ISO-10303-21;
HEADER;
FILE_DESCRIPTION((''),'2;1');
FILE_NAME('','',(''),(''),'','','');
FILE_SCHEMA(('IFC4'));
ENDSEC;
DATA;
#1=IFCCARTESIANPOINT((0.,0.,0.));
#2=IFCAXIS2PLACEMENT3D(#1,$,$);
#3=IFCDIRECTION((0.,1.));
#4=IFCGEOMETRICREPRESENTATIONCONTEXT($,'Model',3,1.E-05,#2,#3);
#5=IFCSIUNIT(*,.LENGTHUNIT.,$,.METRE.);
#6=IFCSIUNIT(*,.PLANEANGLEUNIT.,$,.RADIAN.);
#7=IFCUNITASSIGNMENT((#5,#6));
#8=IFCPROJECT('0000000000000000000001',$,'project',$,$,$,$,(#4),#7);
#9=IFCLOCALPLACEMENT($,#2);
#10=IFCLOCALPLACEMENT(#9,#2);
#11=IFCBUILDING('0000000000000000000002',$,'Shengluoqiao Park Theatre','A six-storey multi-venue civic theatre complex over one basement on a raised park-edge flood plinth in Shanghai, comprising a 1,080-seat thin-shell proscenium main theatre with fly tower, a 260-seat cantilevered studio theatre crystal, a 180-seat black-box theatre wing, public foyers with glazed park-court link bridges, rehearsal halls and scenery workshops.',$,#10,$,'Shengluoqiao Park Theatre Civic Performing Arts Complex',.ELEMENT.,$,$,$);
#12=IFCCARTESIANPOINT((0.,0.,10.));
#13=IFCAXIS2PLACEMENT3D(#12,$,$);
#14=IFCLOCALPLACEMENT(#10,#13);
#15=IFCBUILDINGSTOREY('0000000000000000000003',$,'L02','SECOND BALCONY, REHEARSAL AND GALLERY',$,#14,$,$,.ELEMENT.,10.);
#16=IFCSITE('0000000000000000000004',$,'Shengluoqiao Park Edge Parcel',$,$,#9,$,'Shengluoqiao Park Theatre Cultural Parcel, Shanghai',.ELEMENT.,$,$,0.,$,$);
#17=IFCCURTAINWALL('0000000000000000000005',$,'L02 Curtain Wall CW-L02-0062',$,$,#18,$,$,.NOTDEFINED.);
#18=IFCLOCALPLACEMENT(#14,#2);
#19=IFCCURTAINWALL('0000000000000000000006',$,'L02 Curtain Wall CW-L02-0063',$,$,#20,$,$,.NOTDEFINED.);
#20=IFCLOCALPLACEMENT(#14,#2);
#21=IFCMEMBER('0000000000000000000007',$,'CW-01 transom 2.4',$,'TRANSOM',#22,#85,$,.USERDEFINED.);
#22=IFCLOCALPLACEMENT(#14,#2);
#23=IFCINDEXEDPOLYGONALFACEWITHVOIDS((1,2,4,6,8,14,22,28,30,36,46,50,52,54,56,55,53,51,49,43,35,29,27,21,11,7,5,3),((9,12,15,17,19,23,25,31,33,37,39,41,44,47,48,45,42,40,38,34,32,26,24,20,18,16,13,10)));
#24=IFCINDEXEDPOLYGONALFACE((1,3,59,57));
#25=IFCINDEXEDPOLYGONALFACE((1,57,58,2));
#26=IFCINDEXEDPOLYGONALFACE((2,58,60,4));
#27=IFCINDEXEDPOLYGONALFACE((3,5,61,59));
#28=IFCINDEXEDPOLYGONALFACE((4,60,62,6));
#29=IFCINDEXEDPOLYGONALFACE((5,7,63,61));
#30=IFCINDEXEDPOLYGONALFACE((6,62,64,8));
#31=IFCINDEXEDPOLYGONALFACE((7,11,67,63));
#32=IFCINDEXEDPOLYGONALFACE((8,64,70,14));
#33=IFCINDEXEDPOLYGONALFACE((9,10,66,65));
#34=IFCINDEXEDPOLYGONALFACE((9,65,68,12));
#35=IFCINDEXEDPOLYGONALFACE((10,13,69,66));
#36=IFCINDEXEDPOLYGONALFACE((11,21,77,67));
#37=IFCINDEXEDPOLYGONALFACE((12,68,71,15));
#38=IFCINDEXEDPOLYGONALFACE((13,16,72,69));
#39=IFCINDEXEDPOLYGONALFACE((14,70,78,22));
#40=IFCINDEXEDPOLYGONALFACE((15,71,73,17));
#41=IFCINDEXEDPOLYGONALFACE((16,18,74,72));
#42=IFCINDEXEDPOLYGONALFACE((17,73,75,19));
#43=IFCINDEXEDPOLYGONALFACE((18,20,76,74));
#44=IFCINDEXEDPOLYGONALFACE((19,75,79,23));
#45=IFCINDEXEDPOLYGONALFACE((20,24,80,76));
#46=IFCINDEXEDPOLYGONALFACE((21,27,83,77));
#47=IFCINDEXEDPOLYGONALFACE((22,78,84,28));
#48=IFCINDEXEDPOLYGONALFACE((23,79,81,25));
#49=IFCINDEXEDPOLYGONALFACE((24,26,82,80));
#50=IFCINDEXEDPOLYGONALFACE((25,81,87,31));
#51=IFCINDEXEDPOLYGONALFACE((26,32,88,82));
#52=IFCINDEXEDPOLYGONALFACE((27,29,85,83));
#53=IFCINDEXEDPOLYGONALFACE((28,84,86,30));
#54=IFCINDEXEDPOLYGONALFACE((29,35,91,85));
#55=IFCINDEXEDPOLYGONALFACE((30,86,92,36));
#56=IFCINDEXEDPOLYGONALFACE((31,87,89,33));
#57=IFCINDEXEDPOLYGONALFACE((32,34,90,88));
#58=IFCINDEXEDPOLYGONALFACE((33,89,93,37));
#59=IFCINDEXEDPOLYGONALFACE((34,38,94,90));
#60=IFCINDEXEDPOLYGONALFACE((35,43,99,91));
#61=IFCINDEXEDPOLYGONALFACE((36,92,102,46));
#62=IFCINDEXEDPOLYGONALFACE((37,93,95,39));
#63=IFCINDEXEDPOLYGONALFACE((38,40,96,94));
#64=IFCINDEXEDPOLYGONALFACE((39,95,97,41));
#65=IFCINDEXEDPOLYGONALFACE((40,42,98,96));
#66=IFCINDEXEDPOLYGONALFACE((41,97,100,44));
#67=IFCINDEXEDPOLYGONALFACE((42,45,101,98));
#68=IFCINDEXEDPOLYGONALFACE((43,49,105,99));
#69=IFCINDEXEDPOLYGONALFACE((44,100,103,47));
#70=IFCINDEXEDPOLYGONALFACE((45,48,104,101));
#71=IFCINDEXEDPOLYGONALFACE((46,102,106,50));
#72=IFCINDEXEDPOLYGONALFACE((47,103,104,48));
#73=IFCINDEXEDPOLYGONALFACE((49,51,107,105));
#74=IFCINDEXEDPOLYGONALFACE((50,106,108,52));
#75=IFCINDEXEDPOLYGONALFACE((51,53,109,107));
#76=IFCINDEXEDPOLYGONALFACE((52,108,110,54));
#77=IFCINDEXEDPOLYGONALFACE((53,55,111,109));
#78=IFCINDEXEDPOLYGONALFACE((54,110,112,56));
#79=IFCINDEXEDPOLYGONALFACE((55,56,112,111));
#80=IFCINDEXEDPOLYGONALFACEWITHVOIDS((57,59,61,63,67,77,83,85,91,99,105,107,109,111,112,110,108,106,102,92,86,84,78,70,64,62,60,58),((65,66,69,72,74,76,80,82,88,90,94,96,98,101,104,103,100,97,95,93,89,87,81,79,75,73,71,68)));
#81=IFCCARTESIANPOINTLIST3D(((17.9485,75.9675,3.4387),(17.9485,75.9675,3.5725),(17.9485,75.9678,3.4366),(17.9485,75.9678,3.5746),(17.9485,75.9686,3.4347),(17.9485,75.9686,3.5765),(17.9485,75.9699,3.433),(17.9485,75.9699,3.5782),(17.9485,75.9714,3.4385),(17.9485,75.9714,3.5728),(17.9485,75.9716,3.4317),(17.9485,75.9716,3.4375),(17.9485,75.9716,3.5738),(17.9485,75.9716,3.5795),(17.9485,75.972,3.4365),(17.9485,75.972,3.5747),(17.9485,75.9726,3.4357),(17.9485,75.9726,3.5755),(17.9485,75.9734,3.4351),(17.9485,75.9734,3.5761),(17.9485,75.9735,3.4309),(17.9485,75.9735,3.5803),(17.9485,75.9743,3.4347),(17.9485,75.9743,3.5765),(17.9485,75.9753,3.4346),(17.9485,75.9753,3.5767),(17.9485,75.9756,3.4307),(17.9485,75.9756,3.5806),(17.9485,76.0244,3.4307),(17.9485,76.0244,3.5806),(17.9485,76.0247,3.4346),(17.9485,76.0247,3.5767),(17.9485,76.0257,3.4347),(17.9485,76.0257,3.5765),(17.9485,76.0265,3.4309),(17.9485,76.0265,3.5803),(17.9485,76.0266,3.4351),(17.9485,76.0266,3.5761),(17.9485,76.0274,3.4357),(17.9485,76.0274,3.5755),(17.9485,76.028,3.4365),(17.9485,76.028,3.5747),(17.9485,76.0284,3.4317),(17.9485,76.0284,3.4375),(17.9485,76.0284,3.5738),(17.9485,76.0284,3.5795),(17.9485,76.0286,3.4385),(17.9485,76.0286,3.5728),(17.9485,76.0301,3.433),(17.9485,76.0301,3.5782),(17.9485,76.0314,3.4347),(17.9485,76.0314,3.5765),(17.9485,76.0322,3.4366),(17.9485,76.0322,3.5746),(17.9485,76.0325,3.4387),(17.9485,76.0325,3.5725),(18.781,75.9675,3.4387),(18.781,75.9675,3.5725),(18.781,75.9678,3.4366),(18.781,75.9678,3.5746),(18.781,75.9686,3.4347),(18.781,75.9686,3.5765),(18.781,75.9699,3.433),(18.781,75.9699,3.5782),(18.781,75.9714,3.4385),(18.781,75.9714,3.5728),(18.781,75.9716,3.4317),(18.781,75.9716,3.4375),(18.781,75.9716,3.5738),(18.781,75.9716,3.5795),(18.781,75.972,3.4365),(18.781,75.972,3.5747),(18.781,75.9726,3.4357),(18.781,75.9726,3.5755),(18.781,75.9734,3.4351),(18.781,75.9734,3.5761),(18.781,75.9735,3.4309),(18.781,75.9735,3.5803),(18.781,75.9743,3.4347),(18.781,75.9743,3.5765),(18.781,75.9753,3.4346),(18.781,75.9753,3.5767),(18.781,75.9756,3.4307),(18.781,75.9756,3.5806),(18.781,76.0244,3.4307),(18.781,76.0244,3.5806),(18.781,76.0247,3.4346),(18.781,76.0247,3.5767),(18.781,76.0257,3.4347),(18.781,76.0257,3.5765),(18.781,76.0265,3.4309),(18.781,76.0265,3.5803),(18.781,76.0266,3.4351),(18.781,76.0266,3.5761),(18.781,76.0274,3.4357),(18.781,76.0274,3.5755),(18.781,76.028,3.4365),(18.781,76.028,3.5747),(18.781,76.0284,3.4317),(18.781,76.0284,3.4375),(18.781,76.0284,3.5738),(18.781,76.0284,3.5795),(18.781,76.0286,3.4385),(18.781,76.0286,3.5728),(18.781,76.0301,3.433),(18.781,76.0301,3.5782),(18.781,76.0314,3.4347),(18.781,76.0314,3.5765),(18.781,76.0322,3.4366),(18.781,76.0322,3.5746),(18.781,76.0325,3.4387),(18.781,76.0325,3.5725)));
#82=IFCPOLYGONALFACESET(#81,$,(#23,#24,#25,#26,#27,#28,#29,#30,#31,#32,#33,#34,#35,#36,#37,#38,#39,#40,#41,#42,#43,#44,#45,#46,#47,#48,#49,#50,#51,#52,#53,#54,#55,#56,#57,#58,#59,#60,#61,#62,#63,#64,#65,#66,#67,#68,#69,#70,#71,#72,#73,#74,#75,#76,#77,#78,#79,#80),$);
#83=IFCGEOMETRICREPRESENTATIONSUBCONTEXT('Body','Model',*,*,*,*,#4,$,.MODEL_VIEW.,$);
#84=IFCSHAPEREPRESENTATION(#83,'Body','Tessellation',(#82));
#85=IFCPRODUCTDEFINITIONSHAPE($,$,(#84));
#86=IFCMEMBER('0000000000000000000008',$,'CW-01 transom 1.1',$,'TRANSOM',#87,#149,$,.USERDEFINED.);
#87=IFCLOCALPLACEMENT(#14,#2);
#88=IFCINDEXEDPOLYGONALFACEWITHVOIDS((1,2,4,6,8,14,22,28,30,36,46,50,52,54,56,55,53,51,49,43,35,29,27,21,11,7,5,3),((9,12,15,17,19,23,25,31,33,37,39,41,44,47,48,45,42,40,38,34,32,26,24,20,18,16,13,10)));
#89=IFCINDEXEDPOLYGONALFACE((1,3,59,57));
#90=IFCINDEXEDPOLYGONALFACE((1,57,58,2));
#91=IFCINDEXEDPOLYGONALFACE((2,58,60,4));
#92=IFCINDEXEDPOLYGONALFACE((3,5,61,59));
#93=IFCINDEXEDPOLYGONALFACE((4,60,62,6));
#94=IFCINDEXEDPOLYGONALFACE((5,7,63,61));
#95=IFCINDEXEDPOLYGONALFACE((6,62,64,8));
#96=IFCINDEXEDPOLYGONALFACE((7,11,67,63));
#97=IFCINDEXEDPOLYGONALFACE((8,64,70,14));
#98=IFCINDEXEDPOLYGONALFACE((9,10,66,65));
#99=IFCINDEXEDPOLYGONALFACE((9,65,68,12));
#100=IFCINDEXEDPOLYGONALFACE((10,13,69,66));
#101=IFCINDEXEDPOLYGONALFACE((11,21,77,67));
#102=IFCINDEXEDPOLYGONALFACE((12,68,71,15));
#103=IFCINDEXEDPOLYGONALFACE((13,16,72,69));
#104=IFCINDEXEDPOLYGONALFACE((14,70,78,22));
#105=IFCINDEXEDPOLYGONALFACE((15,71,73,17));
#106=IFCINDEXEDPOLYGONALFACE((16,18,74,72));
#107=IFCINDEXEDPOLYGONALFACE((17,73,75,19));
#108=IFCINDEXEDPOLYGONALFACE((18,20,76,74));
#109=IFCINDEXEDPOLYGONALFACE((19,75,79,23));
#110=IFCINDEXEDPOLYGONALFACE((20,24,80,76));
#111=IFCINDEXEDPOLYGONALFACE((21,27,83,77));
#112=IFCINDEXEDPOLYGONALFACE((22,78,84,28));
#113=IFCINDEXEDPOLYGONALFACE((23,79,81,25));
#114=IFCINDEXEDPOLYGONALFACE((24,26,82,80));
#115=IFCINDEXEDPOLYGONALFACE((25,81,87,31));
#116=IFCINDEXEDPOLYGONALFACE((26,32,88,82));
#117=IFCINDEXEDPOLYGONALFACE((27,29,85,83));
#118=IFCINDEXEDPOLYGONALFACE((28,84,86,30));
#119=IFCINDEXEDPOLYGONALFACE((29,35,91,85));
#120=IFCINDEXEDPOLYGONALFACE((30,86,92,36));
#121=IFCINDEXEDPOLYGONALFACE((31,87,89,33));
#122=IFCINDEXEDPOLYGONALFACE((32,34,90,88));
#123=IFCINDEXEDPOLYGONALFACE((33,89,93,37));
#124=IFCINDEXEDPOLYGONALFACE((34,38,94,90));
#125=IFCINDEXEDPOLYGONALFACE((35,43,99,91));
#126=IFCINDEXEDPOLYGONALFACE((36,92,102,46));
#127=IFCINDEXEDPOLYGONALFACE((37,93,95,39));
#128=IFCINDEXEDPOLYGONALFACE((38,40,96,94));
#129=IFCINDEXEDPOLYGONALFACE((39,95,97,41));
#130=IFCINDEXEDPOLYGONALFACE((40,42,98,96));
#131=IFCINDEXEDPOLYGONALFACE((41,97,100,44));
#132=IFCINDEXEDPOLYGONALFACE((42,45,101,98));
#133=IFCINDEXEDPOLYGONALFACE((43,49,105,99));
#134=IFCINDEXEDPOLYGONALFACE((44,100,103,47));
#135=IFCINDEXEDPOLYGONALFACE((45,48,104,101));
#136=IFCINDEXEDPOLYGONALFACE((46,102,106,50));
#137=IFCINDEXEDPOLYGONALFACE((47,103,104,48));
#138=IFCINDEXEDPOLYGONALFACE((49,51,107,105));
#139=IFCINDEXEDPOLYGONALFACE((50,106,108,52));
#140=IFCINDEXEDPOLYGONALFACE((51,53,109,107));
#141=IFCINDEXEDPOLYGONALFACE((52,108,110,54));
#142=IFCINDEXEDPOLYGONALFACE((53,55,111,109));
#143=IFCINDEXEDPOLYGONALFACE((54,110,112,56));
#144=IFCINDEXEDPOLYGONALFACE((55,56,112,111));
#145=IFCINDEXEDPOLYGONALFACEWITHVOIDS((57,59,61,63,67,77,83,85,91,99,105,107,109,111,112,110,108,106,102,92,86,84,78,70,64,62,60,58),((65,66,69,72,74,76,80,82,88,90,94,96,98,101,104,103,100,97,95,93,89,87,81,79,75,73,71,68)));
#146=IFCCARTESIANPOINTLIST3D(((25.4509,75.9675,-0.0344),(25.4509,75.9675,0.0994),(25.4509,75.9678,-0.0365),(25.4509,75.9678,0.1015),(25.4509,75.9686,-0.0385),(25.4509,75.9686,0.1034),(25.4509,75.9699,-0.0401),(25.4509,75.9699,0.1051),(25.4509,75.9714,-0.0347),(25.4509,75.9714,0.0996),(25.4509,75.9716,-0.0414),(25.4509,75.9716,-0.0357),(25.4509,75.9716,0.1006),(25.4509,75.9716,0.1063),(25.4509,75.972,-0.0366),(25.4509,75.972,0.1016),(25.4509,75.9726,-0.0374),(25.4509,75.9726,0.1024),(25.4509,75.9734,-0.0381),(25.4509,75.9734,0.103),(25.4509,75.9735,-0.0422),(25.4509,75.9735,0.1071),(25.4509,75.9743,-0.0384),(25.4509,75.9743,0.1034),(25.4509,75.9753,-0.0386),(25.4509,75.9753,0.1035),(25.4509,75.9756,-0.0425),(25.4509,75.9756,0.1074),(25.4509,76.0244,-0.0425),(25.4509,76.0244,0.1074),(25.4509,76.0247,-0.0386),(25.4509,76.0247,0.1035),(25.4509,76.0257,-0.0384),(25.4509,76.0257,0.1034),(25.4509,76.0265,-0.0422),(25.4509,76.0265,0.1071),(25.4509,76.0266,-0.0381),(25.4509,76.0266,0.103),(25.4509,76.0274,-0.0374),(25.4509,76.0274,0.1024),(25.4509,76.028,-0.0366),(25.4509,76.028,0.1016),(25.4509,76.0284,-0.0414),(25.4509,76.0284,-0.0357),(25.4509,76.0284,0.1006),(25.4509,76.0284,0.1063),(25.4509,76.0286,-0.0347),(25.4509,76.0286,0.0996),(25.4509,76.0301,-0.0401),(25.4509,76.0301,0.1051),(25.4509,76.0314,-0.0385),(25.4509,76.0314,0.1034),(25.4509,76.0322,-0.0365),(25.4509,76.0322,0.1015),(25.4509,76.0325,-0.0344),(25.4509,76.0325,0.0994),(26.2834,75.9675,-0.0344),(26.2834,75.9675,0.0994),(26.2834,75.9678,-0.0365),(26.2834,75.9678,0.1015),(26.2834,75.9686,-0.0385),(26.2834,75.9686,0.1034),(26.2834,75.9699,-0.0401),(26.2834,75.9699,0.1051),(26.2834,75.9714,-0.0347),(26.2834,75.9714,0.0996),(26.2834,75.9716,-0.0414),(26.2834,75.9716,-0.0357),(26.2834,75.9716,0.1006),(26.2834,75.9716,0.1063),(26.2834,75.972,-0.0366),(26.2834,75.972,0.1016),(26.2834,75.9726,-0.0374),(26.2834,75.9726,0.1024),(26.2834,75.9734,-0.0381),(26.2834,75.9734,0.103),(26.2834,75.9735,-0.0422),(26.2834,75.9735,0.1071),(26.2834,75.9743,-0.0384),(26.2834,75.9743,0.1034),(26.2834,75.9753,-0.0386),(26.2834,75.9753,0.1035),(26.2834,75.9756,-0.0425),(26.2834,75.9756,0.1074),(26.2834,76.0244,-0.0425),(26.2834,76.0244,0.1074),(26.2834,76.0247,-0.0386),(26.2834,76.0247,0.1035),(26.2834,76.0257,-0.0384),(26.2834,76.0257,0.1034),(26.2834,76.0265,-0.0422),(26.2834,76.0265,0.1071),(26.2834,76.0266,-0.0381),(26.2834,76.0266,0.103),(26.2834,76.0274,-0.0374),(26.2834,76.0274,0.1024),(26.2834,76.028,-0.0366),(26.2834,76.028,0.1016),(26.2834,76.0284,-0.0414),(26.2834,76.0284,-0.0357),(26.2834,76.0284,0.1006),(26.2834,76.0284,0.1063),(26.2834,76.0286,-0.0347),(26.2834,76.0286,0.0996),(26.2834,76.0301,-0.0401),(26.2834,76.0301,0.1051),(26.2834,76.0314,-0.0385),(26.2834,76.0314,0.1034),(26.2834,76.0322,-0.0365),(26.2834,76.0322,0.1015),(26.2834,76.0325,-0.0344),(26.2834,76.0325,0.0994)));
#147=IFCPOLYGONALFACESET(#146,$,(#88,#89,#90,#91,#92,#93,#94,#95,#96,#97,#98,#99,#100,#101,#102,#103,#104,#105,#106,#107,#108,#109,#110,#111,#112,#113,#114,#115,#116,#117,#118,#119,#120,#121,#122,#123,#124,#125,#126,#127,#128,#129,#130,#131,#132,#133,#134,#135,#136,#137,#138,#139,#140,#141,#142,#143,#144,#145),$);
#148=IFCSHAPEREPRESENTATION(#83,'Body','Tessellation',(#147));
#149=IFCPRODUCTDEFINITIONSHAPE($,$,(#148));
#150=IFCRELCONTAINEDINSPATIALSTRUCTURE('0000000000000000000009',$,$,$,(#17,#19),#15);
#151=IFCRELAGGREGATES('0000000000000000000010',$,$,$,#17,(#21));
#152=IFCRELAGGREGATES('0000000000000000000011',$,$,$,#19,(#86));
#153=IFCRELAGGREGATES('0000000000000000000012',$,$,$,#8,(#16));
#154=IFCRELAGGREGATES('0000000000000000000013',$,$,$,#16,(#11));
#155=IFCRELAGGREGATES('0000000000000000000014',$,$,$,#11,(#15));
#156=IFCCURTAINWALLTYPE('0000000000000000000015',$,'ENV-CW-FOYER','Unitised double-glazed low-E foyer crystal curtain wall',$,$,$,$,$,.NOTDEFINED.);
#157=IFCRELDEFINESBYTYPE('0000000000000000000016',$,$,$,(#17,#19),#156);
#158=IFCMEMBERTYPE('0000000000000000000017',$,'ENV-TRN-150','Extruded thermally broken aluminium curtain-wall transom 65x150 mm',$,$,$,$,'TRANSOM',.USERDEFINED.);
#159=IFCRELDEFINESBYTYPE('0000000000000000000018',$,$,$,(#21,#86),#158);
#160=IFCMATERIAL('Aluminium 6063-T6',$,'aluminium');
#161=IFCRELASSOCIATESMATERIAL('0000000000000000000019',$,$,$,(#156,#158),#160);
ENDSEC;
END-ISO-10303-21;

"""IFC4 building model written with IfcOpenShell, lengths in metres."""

from ifc_helpers import new_model, si_unit, direction, frame, origin, origin_2d, place, context, subcontext, project, spatial, hollow_rectangle, extrude, material, material_profile, profile_set, type_object, element, aggregate, save


model = new_model("IFC4")

# Units and contexts
model_context = context("Model", 3, precision=1e-05, world=origin(), true_north=direction((0.0, 1.0)))
body_context = subcontext(model_context, "Body", "Model", "MODEL_VIEW")
ifc_project = project(units=[si_unit("LENGTHUNIT", "METRE"), si_unit("PLANEANGLEUNIT", "RADIAN")], contexts=[model_context])

# Site, building, storey
site_placement = place(None, origin())
site = spatial("IfcSite", under=ifc_project, at=site_placement, Name="Shengluoqiao Park Edge Parcel", LongName="Shengluoqiao Park Theatre Cultural Parcel, Shanghai", CompositionType="ELEMENT", RefElevation=0.0)
building_placement = place(site_placement, origin())
building = spatial("IfcBuilding", under=site, at=building_placement, Name="Shengluoqiao Park Theatre", Description="A six-storey multi-venue civic theatre complex over one basement on a raised park-edge flood plinth in Shanghai, comprising a 1,080-seat thin-shell proscenium main theatre with fly tower, a 260-seat cantilevered studio theatre crystal, a 180-seat black-box theatre wing, public foyers with glazed park-court link bridges, rehearsal halls and scenery workshops.", LongName="Shengluoqiao Park Theatre Civic Performing Arts Complex", CompositionType="ELEMENT")
storey_placement = place(building_placement, frame((0.0, 0.0, 10.0)))
storey = spatial("IfcBuildingStorey", under=building, at=storey_placement, Name="L02", Description="SECOND BALCONY, REHEARSAL AND GALLERY", CompositionType="ELEMENT", Elevation=10.0)

# Curtain wall
ifc_material_1 = material(Name="Aluminium 6063-T6", Category="aluminium")
curtain_wall_type = type_object("IfcCurtainWallType", Name="ENV-CW-FOYER", Description="Unitised double-glazed low-E foyer crystal curtain wall", PredefinedType="NOTDEFINED", material=ifc_material_1)
curtain_wall_1_placement = place(storey_placement, origin())
curtain_wall_1 = element("IfcCurtainWall", 1, at=curtain_wall_1_placement, inside=storey, type_object=curtain_wall_type, Name="L02 Curtain Wall CW-L02-0062", PredefinedType="NOTDEFINED")

# Curtain wall
curtain_wall_2_placement = place(storey_placement, origin())
curtain_wall_2 = element("IfcCurtainWall", 2, at=curtain_wall_2_placement, inside=storey, type_object=curtain_wall_type, Name="L02 Curtain Wall CW-L02-0063", PredefinedType="NOTDEFINED")

# Members
ifc_material_profile_1 = material_profile(ifc_material_1, hollow_rectangle(XDim=0.0649, YDim=0.1499, WallThickness=0.0039, InnerFilletRadius=0.0039, OuterFilletRadius=0.0081, at=origin_2d()), Name="ALU TRANSOM 150x65x4")
ifc_profile_set_1 = profile_set([ifc_material_profile_1], Name="Aluminium 6063-T6")
member_type_1 = type_object("IfcMemberType", Name="ENV-TRN-150", Description="Extruded thermally broken aluminium curtain-wall transom 65x150 mm", ElementType="TRANSOM", PredefinedType="USERDEFINED", material=ifc_profile_set_1)
member_1_placement = place(storey_placement, frame((17.9485, 76.0, 3.5056), z_axis=(1.0, 0.0, 0.0), x_axis=(0.0, 1.0, 0.0)))
member_1 = element("IfcMember", 3, at=member_1_placement, type_object=member_type_1, Name="CW-01 transom 2.4", ObjectType="TRANSOM", PredefinedType="USERDEFINED", context=body_context, shape_type="SweptSolid", body=[
    extrude(hollow_rectangle(XDim=0.0649, YDim=0.1499, WallThickness=0.0039, InnerFilletRadius=0.0039, OuterFilletRadius=0.0081, at=origin_2d()), origin(), (0.0, 0.0, 1.0), 0.8325),
])
member_2_placement = place(storey_placement, frame((25.4509, 76.0, 0.0325), z_axis=(1.0, 0.0, 0.0), x_axis=(0.0, 1.0, 0.0)))
member_2 = element("IfcMember", 4, at=member_2_placement, type_object=member_type_1, Name="CW-01 transom 1.1", ObjectType="TRANSOM", PredefinedType="USERDEFINED", context=body_context, shape_type="SweptSolid", body=[
    extrude(hollow_rectangle(XDim=0.0649, YDim=0.1499, WallThickness=0.0039, InnerFilletRadius=0.0039, OuterFilletRadius=0.0081, at=origin_2d()), origin(), (0.0, 0.0, 1.0), 0.8325),
])

aggregate(curtain_wall_1, [member_1])
aggregate(curtain_wall_2, [member_2])

save(model, "model.ifc")
